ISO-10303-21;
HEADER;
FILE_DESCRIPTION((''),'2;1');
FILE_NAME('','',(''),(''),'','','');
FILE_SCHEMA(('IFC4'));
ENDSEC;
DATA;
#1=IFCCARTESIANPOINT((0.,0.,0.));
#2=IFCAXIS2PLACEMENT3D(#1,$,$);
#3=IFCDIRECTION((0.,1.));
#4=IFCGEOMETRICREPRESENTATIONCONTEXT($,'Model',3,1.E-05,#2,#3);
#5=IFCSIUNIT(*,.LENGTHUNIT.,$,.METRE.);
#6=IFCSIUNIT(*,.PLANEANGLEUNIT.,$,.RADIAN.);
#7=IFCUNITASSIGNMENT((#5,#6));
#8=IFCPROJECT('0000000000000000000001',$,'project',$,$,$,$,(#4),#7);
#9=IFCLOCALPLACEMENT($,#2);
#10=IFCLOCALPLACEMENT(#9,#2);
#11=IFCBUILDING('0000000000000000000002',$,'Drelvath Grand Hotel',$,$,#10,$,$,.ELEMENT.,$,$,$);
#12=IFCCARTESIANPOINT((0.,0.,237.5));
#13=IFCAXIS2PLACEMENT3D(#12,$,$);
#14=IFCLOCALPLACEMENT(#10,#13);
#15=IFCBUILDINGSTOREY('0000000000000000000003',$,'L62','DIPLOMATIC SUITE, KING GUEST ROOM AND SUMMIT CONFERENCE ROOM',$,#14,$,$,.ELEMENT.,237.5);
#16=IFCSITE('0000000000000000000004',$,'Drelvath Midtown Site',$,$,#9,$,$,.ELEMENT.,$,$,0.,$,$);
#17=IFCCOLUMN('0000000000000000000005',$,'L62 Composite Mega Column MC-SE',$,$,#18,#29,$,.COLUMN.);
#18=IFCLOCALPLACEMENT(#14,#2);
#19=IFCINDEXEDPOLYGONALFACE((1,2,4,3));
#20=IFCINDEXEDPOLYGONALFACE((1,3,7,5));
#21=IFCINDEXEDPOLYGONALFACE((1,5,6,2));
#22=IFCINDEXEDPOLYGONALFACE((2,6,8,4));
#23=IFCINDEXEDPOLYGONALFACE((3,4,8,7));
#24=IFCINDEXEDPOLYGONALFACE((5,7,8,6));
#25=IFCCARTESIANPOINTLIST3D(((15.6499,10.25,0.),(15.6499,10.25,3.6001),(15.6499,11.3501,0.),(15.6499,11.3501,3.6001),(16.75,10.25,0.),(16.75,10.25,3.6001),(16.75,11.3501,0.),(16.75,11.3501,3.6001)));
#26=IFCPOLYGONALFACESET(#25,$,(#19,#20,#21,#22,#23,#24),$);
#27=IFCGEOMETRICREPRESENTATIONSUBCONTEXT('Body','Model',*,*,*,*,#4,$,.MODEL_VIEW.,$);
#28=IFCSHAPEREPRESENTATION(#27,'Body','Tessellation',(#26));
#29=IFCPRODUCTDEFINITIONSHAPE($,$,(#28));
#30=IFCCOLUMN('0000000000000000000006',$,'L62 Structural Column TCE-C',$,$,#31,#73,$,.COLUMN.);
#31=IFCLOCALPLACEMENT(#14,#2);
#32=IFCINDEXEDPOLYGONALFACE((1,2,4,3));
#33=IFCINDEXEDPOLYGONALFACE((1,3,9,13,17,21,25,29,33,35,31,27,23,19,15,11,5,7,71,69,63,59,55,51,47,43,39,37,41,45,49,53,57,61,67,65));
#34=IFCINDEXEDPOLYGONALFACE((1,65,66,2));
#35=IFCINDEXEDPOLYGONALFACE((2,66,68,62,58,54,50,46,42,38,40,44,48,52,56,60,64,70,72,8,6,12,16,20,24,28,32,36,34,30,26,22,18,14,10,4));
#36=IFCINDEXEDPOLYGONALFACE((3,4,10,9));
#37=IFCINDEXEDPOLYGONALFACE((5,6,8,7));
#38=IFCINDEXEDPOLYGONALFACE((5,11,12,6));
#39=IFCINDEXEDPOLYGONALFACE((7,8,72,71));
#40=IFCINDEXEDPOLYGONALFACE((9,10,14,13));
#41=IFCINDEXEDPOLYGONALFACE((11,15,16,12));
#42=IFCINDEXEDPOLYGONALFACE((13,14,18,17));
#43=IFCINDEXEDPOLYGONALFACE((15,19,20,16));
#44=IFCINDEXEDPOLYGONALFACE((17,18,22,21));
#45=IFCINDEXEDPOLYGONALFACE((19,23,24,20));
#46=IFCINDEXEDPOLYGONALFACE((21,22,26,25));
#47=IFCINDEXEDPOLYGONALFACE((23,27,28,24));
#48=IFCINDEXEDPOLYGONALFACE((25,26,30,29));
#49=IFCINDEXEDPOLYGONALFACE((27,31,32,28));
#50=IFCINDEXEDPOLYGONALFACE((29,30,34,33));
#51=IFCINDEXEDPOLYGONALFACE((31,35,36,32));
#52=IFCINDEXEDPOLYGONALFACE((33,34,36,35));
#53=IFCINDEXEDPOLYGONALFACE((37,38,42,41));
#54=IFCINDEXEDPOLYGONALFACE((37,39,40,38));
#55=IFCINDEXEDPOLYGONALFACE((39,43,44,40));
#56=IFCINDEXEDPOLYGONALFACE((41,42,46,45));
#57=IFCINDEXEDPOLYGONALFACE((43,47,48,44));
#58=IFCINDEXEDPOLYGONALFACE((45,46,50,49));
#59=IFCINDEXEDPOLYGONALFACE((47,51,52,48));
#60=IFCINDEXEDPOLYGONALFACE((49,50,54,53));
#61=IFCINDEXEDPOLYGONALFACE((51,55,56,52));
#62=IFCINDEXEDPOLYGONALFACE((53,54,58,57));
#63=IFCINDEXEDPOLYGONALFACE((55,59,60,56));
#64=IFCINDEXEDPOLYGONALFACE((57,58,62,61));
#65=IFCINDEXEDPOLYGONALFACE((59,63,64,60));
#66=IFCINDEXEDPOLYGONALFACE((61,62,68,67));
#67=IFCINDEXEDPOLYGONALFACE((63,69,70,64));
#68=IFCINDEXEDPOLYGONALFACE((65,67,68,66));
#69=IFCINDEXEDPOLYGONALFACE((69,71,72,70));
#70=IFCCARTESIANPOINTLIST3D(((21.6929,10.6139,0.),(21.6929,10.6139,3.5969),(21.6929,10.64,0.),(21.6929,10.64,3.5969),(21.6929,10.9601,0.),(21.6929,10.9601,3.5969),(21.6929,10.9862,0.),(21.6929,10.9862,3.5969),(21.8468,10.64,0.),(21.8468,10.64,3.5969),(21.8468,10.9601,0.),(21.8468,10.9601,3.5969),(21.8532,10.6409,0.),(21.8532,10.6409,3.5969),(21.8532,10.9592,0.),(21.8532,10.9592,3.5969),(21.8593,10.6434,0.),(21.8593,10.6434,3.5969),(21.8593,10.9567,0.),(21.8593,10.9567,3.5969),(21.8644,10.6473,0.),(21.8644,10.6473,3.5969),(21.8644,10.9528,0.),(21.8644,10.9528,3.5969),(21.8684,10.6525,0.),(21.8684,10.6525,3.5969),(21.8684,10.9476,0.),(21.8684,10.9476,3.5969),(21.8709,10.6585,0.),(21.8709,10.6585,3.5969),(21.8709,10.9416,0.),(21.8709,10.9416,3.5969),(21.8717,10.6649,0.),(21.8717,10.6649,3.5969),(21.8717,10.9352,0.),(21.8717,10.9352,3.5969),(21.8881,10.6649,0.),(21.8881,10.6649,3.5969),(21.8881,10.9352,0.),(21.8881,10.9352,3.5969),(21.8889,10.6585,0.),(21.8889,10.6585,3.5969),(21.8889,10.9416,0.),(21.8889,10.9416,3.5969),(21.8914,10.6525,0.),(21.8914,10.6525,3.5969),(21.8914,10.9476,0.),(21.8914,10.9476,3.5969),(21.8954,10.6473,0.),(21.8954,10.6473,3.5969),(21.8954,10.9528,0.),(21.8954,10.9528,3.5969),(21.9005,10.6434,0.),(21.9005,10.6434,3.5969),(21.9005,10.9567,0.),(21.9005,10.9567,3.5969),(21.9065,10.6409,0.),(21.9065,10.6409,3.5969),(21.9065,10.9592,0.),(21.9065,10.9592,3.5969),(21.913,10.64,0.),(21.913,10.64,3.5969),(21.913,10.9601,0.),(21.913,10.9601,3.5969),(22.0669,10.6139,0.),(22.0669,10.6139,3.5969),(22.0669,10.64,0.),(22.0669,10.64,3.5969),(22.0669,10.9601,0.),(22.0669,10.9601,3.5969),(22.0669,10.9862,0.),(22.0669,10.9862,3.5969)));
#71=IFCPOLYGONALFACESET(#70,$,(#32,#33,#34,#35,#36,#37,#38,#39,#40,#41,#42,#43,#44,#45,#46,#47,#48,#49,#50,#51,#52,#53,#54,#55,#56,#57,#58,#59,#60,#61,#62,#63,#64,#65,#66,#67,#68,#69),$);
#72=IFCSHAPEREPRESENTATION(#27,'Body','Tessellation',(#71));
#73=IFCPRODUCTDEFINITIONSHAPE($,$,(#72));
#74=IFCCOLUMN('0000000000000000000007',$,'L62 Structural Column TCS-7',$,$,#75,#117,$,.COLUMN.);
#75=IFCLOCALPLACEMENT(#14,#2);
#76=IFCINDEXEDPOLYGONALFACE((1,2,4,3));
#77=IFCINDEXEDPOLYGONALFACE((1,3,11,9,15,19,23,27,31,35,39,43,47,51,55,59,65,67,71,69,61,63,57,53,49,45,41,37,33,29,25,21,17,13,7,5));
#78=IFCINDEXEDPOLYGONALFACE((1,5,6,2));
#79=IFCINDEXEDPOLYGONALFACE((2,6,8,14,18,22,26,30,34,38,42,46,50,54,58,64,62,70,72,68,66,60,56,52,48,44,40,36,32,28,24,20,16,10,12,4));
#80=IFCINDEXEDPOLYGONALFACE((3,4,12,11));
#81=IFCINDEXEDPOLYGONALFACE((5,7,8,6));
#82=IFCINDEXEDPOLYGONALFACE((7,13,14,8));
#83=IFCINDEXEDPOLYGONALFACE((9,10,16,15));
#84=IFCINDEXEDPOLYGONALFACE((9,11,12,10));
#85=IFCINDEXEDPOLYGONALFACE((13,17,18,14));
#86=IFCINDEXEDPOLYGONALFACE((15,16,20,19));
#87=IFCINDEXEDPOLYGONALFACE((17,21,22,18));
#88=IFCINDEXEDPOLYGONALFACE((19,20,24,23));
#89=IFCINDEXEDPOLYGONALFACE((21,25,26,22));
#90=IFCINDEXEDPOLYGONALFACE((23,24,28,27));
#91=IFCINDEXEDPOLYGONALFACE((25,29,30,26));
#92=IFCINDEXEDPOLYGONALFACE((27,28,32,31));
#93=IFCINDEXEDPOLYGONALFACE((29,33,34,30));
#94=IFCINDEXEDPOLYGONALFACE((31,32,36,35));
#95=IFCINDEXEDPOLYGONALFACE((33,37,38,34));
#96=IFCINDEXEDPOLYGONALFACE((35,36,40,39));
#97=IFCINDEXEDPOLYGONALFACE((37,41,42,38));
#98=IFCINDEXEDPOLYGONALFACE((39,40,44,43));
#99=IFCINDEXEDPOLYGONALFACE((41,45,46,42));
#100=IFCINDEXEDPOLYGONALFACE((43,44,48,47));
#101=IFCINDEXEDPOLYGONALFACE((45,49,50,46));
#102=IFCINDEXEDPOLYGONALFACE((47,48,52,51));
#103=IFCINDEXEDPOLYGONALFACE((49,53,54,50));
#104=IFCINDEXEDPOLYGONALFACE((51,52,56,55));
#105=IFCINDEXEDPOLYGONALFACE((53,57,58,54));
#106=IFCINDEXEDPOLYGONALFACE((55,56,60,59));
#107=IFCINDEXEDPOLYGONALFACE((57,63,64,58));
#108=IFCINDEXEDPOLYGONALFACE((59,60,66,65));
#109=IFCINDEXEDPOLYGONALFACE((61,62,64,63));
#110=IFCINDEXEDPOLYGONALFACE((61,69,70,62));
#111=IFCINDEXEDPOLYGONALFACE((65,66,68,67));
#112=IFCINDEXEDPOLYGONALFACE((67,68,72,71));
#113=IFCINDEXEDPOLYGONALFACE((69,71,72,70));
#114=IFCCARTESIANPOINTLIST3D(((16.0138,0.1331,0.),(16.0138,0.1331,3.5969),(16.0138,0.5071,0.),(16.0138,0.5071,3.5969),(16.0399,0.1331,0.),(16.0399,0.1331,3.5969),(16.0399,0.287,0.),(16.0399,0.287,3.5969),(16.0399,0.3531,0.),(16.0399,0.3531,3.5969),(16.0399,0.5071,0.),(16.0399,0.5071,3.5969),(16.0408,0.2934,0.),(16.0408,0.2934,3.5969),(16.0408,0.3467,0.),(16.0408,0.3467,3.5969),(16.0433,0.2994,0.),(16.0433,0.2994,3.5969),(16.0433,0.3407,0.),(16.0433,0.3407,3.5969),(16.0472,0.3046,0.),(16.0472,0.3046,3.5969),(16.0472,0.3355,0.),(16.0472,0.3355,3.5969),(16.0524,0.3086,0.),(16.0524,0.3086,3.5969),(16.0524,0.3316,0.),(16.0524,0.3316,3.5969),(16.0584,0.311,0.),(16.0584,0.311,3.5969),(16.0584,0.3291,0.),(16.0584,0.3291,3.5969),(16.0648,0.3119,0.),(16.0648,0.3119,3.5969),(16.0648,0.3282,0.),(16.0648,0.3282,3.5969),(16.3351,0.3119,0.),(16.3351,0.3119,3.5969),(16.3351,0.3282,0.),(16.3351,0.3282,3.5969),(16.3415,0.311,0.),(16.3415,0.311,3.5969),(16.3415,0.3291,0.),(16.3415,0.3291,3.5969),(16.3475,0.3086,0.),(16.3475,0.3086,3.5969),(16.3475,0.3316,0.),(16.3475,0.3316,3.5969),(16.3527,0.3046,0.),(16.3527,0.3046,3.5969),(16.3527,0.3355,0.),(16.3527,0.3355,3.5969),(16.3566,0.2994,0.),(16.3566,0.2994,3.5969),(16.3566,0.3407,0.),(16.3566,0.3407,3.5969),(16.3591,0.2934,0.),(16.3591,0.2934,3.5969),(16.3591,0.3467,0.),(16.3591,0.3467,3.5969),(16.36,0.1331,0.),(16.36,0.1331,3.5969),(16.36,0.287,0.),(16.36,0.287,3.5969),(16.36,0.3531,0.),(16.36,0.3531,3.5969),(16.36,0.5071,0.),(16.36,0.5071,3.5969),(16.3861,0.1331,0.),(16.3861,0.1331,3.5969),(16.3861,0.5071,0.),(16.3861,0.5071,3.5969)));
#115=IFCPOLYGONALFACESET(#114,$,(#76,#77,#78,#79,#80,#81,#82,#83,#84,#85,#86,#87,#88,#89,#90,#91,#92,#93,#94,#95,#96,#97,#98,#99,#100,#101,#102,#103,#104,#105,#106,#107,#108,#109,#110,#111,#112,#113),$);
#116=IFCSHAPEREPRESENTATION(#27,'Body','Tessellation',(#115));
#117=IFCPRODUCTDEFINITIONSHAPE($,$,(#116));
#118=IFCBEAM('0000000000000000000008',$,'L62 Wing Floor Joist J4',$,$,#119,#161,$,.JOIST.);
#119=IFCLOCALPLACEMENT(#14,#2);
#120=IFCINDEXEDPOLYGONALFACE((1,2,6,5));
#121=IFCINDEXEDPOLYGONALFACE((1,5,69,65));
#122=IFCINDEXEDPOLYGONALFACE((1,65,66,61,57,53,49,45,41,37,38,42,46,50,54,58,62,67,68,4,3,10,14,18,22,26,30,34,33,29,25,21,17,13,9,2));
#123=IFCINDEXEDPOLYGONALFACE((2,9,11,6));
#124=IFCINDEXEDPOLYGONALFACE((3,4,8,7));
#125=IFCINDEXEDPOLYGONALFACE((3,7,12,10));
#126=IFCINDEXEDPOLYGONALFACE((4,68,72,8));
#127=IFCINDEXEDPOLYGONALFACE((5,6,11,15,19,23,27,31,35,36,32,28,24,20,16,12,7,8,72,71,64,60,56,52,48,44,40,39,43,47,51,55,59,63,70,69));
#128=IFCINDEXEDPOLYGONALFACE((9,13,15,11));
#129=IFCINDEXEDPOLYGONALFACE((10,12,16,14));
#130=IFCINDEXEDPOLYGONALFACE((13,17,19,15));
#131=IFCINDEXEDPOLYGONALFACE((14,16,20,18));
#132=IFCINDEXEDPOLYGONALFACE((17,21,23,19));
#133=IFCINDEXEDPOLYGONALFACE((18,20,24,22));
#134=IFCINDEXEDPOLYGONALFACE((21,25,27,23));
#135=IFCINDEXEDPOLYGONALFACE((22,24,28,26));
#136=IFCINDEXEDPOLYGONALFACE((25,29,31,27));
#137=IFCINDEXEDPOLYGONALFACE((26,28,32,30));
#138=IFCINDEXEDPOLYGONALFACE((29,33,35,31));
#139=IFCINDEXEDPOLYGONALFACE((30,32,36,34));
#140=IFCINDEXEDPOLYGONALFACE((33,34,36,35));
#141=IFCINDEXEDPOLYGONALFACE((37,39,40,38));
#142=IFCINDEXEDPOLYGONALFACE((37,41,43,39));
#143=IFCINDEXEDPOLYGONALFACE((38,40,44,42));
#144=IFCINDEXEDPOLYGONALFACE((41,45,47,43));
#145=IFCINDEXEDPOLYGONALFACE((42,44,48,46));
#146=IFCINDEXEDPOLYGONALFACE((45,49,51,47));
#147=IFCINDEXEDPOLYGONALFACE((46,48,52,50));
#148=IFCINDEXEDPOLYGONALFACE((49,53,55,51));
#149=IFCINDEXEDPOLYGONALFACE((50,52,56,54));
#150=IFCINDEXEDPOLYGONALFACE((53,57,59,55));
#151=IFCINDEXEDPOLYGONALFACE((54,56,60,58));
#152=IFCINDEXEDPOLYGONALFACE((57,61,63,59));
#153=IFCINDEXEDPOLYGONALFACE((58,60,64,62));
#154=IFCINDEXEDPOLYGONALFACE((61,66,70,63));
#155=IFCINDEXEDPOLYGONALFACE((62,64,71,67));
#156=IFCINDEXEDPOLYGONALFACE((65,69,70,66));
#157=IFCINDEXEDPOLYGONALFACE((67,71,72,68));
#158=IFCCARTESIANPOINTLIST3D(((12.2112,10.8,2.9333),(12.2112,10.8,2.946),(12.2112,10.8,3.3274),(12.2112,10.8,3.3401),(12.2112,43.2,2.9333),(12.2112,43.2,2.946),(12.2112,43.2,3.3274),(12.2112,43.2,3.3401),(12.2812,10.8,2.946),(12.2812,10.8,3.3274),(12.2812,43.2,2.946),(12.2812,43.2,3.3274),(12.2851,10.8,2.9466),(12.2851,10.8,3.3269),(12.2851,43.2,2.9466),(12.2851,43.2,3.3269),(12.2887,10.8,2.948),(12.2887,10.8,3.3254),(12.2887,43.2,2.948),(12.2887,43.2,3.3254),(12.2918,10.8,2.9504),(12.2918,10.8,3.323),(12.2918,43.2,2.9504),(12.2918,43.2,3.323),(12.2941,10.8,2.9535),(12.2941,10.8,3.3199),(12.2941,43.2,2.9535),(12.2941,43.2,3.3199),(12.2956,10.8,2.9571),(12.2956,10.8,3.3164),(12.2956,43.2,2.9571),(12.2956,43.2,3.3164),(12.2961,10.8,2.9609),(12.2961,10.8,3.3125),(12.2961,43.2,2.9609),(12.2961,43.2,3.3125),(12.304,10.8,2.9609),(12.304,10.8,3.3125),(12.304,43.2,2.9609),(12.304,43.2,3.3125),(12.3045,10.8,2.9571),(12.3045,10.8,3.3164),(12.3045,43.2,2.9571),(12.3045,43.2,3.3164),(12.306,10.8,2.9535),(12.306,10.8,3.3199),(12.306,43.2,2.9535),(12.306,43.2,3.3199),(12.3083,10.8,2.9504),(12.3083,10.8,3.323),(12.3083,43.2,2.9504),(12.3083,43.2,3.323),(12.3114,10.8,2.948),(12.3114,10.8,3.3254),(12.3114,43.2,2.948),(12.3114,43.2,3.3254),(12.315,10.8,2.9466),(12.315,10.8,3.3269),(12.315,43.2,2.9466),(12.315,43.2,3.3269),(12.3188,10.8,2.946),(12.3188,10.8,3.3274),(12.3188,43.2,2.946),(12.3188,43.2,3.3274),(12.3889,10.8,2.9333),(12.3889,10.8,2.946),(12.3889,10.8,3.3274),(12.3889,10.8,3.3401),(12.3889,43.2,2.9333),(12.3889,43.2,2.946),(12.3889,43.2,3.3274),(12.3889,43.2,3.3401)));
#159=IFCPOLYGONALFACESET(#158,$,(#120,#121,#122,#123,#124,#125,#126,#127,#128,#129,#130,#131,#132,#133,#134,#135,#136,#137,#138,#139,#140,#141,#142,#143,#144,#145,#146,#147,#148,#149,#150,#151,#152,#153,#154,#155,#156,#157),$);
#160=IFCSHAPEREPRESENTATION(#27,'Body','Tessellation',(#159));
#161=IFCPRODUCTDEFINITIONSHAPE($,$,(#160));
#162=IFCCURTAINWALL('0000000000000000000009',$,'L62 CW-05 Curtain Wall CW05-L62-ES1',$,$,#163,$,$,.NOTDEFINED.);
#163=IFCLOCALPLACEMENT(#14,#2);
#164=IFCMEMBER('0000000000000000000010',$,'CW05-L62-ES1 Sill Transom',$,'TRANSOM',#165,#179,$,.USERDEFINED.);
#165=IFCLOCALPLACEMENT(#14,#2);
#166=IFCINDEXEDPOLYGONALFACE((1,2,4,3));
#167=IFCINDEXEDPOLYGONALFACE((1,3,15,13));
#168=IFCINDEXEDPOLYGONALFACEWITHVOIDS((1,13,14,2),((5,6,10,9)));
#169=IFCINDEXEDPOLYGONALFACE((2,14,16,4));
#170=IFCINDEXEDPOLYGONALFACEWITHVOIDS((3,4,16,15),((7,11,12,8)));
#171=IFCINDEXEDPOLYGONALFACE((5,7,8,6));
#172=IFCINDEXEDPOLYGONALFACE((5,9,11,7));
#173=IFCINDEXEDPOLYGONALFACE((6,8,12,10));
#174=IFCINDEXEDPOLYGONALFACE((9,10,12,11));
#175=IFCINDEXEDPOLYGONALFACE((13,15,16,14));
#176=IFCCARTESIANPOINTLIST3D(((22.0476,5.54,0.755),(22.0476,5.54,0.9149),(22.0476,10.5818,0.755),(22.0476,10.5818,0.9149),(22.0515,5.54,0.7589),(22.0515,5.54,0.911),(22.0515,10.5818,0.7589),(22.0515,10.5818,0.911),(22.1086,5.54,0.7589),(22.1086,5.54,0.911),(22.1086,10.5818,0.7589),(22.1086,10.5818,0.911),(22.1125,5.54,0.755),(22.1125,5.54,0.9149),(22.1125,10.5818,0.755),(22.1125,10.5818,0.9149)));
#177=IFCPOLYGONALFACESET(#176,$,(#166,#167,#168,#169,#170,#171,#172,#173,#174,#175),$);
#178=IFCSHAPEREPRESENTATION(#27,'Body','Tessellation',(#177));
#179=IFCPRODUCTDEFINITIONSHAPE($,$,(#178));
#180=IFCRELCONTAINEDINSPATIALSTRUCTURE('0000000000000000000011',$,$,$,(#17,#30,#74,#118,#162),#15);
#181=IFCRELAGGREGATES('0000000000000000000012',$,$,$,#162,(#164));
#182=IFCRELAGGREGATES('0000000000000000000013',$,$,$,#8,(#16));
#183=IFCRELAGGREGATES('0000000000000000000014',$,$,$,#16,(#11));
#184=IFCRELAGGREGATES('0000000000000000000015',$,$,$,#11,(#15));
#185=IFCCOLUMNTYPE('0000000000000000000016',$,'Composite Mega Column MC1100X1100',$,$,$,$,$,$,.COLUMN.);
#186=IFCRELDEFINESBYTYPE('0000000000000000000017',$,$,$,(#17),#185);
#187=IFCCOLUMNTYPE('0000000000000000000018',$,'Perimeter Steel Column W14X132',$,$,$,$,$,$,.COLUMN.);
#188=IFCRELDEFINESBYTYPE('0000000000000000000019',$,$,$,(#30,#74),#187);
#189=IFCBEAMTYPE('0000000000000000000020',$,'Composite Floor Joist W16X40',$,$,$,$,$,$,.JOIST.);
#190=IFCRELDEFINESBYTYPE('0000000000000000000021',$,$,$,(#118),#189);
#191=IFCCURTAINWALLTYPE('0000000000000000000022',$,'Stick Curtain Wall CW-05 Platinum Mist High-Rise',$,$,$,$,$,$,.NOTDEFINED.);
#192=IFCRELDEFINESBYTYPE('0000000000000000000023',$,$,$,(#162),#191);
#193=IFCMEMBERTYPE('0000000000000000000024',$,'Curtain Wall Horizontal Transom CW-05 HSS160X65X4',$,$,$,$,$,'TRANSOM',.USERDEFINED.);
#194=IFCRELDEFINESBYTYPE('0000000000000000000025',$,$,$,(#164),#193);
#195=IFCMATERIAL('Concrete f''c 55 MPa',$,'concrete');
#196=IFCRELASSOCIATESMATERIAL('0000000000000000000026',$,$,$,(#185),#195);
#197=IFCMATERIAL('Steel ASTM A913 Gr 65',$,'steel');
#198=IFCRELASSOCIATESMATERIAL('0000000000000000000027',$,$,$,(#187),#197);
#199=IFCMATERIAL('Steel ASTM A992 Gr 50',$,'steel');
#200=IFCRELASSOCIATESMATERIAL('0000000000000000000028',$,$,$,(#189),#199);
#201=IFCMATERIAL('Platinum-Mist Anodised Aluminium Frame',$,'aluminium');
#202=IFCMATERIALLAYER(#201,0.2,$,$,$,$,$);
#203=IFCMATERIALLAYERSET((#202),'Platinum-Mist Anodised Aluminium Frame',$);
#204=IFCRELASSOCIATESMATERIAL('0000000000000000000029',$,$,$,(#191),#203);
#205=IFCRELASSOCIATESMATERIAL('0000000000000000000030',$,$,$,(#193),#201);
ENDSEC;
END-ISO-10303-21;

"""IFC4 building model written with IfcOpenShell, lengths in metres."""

from ifc_helpers import new_model, si_unit, direction, frame, origin, origin_2d, place, context, subcontext, project, spatial, rectangle, hollow_rectangle, i_section, extrude, material, layer, layer_set, material_profile, profile_set, type_object, element, aggregate, save


model = new_model("IFC4")

# Units and contexts
model_context = context("Model", 3, precision=1e-05, world=origin(), true_north=direction((0.0, 1.0)))
body_context = subcontext(model_context, "Body", "Model", "MODEL_VIEW")
ifc_project = project(units=[si_unit("LENGTHUNIT", "METRE"), si_unit("PLANEANGLEUNIT", "RADIAN")], contexts=[model_context])

# Site, building, storey
site_placement = place(None, origin())
site = spatial("IfcSite", under=ifc_project, at=site_placement, Name="Drelvath Midtown Site", CompositionType="ELEMENT", RefElevation=0.0)
building_placement = place(site_placement, origin())
building = spatial("IfcBuilding", under=site, at=building_placement, Name="Drelvath Grand Hotel", CompositionType="ELEMENT")
storey_placement = place(building_placement, frame((0.0, 0.0, 237.5)))
storey = spatial("IfcBuildingStorey", under=building, at=storey_placement, Name="L62", Description="DIPLOMATIC SUITE, KING GUEST ROOM AND SUMMIT CONFERENCE ROOM", CompositionType="ELEMENT", Elevation=237.5)

# Columns
ifc_material_1 = material(Name="Concrete f'c 55 MPa", Category="concrete")
ifc_material_profile_1 = material_profile(ifc_material_1, rectangle(XDim=1.1001, YDim=1.1001, at=origin_2d()), Name="MC1100X1100")
ifc_profile_set_1 = profile_set([ifc_material_profile_1], Name="Concrete f'c 55 MPa")
column_type_1 = type_object("IfcColumnType", Name="Composite Mega Column MC1100X1100", PredefinedType="COLUMN", material=ifc_profile_set_1)
column_placement = place(storey_placement, frame((16.2, 10.8, 0.0), z_axis=(0.0, 0.0, 1.0), x_axis=(1.0, 0.0, 0.0)))
element("IfcColumn", 1, at=column_placement, inside=storey, type_object=column_type_1, Name="L62 Composite Mega Column MC-SE", PredefinedType="COLUMN", context=body_context, shape_type="SweptSolid", body=[
    extrude(rectangle(XDim=1.1001, YDim=1.1001, at=origin_2d()), origin(), (0.0, 0.0, 1.0), 3.6001),
])
ifc_material_2 = material(Name="Steel ASTM A913 Gr 65", Category="steel")
ifc_material_profile_2 = material_profile(ifc_material_2, i_section(OverallWidth=0.374, OverallDepth=0.3723, WebThickness=0.0164, FlangeThickness=0.0261, FilletRadius=0.0249, at=origin_2d()), Name="W14X132")
ifc_profile_set_2 = profile_set([ifc_material_profile_2], Name="Steel ASTM A913 Gr 65")
column_type_2 = type_object("IfcColumnType", Name="Perimeter Steel Column W14X132", PredefinedType="COLUMN", material=ifc_profile_set_2)
for number, where, z_axis, x_axis, name in (
    (2, (21.8799, 10.8, 0.0), (0.0, 0.0, 1.0), (1.0, 0.0, 0.0), "L62 Structural Column TCE-C"),
    (3, (16.2, 0.3201, 0.0), (0.0, 0.0, 1.0), (0.0, 1.0, 0.0), "L62 Structural Column TCS-7"),
):
    element("IfcColumn", number, at=place(storey_placement, frame(where, z_axis=z_axis, x_axis=x_axis)), inside=storey, type_object=column_type_2, Name=name, PredefinedType="COLUMN", context=body_context, shape_type="SweptSolid", body=[
        extrude(i_section(OverallWidth=0.374, OverallDepth=0.3723, WebThickness=0.0164, FlangeThickness=0.0261, FilletRadius=0.0249, at=origin_2d()), origin(), (0.0, 0.0, 1.0), 3.5969),
    ])

# Beam
ifc_material_3 = material(Name="Steel ASTM A992 Gr 50", Category="steel")
ifc_material_profile_3 = material_profile(ifc_material_3, i_section(OverallWidth=0.1777, OverallDepth=0.4067, WebThickness=0.0078, FlangeThickness=0.0127, FilletRadius=0.0149, at=origin_2d()), Name="W16X40")
ifc_profile_set_3 = profile_set([ifc_material_profile_3], Name="Steel ASTM A992 Gr 50")
beam_type_1 = type_object("IfcBeamType", Name="Composite Floor Joist W16X40", PredefinedType="JOIST", material=ifc_profile_set_3)
beam_1_placement = place(storey_placement, frame((12.3, 10.8, 3.1367), z_axis=(0.0, 1.0, 0.0), x_axis=(-1.0, 0.0, 0.0)))
element("IfcBeam", 4, at=beam_1_placement, inside=storey, type_object=beam_type_1, Name="L62 Wing Floor Joist J4", PredefinedType="JOIST", context=body_context, shape_type="SweptSolid", body=[
    extrude(i_section(OverallWidth=0.1777, OverallDepth=0.4067, WebThickness=0.0078, FlangeThickness=0.0127, FilletRadius=0.0149, at=origin_2d()), origin(), (0.0, 0.0, 1.0), 32.3999),
])

# Curtain wall, member
ifc_material_4 = material(Name="Platinum-Mist Anodised Aluminium Frame", Category="aluminium")
ifc_layer_1 = layer(ifc_material_4, 0.2)
ifc_layer_set_1 = layer_set([ifc_layer_1], Name="Platinum-Mist Anodised Aluminium Frame")
curtain_wall_type = type_object("IfcCurtainWallType", Name="Stick Curtain Wall CW-05 Platinum Mist High-Rise", PredefinedType="NOTDEFINED", material=ifc_layer_set_1)
curtain_wall_1_placement = place(storey_placement, origin())
curtain_wall_1 = element("IfcCurtainWall", 5, at=curtain_wall_1_placement, inside=storey, type_object=curtain_wall_type, Name="L62 CW-05 Curtain Wall CW05-L62-ES1", PredefinedType="NOTDEFINED")
ifc_material_profile_4 = material_profile(ifc_material_4, hollow_rectangle(XDim=0.0649, YDim=0.1599, WallThickness=0.0039, at=origin_2d()), Name="HSS160X65X4")
ifc_profile_set_4 = profile_set([ifc_material_profile_4], Name="Platinum-Mist Anodised Aluminium Frame")
member_type_1 = type_object("IfcMemberType", Name="Curtain Wall Horizontal Transom CW-05 HSS160X65X4", ElementType="TRANSOM", PredefinedType="USERDEFINED", material=ifc_profile_set_4)
member_1_placement = place(storey_placement, frame((22.0801, 10.5818, 0.835), z_axis=(0.0, -1.0, 0.0), x_axis=(1.0, 0.0, 0.0)))
member_1 = element("IfcMember", 6, at=member_1_placement, type_object=member_type_1, Name="CW05-L62-ES1 Sill Transom", ObjectType="TRANSOM", PredefinedType="USERDEFINED", context=body_context, shape_type="SweptSolid", body=[
    extrude(hollow_rectangle(XDim=0.0649, YDim=0.1599, WallThickness=0.0039, at=origin_2d()), origin(), (0.0, 0.0, 1.0), 5.0417),
])

aggregate(curtain_wall_1, [member_1])

save(model, "model.ifc")
